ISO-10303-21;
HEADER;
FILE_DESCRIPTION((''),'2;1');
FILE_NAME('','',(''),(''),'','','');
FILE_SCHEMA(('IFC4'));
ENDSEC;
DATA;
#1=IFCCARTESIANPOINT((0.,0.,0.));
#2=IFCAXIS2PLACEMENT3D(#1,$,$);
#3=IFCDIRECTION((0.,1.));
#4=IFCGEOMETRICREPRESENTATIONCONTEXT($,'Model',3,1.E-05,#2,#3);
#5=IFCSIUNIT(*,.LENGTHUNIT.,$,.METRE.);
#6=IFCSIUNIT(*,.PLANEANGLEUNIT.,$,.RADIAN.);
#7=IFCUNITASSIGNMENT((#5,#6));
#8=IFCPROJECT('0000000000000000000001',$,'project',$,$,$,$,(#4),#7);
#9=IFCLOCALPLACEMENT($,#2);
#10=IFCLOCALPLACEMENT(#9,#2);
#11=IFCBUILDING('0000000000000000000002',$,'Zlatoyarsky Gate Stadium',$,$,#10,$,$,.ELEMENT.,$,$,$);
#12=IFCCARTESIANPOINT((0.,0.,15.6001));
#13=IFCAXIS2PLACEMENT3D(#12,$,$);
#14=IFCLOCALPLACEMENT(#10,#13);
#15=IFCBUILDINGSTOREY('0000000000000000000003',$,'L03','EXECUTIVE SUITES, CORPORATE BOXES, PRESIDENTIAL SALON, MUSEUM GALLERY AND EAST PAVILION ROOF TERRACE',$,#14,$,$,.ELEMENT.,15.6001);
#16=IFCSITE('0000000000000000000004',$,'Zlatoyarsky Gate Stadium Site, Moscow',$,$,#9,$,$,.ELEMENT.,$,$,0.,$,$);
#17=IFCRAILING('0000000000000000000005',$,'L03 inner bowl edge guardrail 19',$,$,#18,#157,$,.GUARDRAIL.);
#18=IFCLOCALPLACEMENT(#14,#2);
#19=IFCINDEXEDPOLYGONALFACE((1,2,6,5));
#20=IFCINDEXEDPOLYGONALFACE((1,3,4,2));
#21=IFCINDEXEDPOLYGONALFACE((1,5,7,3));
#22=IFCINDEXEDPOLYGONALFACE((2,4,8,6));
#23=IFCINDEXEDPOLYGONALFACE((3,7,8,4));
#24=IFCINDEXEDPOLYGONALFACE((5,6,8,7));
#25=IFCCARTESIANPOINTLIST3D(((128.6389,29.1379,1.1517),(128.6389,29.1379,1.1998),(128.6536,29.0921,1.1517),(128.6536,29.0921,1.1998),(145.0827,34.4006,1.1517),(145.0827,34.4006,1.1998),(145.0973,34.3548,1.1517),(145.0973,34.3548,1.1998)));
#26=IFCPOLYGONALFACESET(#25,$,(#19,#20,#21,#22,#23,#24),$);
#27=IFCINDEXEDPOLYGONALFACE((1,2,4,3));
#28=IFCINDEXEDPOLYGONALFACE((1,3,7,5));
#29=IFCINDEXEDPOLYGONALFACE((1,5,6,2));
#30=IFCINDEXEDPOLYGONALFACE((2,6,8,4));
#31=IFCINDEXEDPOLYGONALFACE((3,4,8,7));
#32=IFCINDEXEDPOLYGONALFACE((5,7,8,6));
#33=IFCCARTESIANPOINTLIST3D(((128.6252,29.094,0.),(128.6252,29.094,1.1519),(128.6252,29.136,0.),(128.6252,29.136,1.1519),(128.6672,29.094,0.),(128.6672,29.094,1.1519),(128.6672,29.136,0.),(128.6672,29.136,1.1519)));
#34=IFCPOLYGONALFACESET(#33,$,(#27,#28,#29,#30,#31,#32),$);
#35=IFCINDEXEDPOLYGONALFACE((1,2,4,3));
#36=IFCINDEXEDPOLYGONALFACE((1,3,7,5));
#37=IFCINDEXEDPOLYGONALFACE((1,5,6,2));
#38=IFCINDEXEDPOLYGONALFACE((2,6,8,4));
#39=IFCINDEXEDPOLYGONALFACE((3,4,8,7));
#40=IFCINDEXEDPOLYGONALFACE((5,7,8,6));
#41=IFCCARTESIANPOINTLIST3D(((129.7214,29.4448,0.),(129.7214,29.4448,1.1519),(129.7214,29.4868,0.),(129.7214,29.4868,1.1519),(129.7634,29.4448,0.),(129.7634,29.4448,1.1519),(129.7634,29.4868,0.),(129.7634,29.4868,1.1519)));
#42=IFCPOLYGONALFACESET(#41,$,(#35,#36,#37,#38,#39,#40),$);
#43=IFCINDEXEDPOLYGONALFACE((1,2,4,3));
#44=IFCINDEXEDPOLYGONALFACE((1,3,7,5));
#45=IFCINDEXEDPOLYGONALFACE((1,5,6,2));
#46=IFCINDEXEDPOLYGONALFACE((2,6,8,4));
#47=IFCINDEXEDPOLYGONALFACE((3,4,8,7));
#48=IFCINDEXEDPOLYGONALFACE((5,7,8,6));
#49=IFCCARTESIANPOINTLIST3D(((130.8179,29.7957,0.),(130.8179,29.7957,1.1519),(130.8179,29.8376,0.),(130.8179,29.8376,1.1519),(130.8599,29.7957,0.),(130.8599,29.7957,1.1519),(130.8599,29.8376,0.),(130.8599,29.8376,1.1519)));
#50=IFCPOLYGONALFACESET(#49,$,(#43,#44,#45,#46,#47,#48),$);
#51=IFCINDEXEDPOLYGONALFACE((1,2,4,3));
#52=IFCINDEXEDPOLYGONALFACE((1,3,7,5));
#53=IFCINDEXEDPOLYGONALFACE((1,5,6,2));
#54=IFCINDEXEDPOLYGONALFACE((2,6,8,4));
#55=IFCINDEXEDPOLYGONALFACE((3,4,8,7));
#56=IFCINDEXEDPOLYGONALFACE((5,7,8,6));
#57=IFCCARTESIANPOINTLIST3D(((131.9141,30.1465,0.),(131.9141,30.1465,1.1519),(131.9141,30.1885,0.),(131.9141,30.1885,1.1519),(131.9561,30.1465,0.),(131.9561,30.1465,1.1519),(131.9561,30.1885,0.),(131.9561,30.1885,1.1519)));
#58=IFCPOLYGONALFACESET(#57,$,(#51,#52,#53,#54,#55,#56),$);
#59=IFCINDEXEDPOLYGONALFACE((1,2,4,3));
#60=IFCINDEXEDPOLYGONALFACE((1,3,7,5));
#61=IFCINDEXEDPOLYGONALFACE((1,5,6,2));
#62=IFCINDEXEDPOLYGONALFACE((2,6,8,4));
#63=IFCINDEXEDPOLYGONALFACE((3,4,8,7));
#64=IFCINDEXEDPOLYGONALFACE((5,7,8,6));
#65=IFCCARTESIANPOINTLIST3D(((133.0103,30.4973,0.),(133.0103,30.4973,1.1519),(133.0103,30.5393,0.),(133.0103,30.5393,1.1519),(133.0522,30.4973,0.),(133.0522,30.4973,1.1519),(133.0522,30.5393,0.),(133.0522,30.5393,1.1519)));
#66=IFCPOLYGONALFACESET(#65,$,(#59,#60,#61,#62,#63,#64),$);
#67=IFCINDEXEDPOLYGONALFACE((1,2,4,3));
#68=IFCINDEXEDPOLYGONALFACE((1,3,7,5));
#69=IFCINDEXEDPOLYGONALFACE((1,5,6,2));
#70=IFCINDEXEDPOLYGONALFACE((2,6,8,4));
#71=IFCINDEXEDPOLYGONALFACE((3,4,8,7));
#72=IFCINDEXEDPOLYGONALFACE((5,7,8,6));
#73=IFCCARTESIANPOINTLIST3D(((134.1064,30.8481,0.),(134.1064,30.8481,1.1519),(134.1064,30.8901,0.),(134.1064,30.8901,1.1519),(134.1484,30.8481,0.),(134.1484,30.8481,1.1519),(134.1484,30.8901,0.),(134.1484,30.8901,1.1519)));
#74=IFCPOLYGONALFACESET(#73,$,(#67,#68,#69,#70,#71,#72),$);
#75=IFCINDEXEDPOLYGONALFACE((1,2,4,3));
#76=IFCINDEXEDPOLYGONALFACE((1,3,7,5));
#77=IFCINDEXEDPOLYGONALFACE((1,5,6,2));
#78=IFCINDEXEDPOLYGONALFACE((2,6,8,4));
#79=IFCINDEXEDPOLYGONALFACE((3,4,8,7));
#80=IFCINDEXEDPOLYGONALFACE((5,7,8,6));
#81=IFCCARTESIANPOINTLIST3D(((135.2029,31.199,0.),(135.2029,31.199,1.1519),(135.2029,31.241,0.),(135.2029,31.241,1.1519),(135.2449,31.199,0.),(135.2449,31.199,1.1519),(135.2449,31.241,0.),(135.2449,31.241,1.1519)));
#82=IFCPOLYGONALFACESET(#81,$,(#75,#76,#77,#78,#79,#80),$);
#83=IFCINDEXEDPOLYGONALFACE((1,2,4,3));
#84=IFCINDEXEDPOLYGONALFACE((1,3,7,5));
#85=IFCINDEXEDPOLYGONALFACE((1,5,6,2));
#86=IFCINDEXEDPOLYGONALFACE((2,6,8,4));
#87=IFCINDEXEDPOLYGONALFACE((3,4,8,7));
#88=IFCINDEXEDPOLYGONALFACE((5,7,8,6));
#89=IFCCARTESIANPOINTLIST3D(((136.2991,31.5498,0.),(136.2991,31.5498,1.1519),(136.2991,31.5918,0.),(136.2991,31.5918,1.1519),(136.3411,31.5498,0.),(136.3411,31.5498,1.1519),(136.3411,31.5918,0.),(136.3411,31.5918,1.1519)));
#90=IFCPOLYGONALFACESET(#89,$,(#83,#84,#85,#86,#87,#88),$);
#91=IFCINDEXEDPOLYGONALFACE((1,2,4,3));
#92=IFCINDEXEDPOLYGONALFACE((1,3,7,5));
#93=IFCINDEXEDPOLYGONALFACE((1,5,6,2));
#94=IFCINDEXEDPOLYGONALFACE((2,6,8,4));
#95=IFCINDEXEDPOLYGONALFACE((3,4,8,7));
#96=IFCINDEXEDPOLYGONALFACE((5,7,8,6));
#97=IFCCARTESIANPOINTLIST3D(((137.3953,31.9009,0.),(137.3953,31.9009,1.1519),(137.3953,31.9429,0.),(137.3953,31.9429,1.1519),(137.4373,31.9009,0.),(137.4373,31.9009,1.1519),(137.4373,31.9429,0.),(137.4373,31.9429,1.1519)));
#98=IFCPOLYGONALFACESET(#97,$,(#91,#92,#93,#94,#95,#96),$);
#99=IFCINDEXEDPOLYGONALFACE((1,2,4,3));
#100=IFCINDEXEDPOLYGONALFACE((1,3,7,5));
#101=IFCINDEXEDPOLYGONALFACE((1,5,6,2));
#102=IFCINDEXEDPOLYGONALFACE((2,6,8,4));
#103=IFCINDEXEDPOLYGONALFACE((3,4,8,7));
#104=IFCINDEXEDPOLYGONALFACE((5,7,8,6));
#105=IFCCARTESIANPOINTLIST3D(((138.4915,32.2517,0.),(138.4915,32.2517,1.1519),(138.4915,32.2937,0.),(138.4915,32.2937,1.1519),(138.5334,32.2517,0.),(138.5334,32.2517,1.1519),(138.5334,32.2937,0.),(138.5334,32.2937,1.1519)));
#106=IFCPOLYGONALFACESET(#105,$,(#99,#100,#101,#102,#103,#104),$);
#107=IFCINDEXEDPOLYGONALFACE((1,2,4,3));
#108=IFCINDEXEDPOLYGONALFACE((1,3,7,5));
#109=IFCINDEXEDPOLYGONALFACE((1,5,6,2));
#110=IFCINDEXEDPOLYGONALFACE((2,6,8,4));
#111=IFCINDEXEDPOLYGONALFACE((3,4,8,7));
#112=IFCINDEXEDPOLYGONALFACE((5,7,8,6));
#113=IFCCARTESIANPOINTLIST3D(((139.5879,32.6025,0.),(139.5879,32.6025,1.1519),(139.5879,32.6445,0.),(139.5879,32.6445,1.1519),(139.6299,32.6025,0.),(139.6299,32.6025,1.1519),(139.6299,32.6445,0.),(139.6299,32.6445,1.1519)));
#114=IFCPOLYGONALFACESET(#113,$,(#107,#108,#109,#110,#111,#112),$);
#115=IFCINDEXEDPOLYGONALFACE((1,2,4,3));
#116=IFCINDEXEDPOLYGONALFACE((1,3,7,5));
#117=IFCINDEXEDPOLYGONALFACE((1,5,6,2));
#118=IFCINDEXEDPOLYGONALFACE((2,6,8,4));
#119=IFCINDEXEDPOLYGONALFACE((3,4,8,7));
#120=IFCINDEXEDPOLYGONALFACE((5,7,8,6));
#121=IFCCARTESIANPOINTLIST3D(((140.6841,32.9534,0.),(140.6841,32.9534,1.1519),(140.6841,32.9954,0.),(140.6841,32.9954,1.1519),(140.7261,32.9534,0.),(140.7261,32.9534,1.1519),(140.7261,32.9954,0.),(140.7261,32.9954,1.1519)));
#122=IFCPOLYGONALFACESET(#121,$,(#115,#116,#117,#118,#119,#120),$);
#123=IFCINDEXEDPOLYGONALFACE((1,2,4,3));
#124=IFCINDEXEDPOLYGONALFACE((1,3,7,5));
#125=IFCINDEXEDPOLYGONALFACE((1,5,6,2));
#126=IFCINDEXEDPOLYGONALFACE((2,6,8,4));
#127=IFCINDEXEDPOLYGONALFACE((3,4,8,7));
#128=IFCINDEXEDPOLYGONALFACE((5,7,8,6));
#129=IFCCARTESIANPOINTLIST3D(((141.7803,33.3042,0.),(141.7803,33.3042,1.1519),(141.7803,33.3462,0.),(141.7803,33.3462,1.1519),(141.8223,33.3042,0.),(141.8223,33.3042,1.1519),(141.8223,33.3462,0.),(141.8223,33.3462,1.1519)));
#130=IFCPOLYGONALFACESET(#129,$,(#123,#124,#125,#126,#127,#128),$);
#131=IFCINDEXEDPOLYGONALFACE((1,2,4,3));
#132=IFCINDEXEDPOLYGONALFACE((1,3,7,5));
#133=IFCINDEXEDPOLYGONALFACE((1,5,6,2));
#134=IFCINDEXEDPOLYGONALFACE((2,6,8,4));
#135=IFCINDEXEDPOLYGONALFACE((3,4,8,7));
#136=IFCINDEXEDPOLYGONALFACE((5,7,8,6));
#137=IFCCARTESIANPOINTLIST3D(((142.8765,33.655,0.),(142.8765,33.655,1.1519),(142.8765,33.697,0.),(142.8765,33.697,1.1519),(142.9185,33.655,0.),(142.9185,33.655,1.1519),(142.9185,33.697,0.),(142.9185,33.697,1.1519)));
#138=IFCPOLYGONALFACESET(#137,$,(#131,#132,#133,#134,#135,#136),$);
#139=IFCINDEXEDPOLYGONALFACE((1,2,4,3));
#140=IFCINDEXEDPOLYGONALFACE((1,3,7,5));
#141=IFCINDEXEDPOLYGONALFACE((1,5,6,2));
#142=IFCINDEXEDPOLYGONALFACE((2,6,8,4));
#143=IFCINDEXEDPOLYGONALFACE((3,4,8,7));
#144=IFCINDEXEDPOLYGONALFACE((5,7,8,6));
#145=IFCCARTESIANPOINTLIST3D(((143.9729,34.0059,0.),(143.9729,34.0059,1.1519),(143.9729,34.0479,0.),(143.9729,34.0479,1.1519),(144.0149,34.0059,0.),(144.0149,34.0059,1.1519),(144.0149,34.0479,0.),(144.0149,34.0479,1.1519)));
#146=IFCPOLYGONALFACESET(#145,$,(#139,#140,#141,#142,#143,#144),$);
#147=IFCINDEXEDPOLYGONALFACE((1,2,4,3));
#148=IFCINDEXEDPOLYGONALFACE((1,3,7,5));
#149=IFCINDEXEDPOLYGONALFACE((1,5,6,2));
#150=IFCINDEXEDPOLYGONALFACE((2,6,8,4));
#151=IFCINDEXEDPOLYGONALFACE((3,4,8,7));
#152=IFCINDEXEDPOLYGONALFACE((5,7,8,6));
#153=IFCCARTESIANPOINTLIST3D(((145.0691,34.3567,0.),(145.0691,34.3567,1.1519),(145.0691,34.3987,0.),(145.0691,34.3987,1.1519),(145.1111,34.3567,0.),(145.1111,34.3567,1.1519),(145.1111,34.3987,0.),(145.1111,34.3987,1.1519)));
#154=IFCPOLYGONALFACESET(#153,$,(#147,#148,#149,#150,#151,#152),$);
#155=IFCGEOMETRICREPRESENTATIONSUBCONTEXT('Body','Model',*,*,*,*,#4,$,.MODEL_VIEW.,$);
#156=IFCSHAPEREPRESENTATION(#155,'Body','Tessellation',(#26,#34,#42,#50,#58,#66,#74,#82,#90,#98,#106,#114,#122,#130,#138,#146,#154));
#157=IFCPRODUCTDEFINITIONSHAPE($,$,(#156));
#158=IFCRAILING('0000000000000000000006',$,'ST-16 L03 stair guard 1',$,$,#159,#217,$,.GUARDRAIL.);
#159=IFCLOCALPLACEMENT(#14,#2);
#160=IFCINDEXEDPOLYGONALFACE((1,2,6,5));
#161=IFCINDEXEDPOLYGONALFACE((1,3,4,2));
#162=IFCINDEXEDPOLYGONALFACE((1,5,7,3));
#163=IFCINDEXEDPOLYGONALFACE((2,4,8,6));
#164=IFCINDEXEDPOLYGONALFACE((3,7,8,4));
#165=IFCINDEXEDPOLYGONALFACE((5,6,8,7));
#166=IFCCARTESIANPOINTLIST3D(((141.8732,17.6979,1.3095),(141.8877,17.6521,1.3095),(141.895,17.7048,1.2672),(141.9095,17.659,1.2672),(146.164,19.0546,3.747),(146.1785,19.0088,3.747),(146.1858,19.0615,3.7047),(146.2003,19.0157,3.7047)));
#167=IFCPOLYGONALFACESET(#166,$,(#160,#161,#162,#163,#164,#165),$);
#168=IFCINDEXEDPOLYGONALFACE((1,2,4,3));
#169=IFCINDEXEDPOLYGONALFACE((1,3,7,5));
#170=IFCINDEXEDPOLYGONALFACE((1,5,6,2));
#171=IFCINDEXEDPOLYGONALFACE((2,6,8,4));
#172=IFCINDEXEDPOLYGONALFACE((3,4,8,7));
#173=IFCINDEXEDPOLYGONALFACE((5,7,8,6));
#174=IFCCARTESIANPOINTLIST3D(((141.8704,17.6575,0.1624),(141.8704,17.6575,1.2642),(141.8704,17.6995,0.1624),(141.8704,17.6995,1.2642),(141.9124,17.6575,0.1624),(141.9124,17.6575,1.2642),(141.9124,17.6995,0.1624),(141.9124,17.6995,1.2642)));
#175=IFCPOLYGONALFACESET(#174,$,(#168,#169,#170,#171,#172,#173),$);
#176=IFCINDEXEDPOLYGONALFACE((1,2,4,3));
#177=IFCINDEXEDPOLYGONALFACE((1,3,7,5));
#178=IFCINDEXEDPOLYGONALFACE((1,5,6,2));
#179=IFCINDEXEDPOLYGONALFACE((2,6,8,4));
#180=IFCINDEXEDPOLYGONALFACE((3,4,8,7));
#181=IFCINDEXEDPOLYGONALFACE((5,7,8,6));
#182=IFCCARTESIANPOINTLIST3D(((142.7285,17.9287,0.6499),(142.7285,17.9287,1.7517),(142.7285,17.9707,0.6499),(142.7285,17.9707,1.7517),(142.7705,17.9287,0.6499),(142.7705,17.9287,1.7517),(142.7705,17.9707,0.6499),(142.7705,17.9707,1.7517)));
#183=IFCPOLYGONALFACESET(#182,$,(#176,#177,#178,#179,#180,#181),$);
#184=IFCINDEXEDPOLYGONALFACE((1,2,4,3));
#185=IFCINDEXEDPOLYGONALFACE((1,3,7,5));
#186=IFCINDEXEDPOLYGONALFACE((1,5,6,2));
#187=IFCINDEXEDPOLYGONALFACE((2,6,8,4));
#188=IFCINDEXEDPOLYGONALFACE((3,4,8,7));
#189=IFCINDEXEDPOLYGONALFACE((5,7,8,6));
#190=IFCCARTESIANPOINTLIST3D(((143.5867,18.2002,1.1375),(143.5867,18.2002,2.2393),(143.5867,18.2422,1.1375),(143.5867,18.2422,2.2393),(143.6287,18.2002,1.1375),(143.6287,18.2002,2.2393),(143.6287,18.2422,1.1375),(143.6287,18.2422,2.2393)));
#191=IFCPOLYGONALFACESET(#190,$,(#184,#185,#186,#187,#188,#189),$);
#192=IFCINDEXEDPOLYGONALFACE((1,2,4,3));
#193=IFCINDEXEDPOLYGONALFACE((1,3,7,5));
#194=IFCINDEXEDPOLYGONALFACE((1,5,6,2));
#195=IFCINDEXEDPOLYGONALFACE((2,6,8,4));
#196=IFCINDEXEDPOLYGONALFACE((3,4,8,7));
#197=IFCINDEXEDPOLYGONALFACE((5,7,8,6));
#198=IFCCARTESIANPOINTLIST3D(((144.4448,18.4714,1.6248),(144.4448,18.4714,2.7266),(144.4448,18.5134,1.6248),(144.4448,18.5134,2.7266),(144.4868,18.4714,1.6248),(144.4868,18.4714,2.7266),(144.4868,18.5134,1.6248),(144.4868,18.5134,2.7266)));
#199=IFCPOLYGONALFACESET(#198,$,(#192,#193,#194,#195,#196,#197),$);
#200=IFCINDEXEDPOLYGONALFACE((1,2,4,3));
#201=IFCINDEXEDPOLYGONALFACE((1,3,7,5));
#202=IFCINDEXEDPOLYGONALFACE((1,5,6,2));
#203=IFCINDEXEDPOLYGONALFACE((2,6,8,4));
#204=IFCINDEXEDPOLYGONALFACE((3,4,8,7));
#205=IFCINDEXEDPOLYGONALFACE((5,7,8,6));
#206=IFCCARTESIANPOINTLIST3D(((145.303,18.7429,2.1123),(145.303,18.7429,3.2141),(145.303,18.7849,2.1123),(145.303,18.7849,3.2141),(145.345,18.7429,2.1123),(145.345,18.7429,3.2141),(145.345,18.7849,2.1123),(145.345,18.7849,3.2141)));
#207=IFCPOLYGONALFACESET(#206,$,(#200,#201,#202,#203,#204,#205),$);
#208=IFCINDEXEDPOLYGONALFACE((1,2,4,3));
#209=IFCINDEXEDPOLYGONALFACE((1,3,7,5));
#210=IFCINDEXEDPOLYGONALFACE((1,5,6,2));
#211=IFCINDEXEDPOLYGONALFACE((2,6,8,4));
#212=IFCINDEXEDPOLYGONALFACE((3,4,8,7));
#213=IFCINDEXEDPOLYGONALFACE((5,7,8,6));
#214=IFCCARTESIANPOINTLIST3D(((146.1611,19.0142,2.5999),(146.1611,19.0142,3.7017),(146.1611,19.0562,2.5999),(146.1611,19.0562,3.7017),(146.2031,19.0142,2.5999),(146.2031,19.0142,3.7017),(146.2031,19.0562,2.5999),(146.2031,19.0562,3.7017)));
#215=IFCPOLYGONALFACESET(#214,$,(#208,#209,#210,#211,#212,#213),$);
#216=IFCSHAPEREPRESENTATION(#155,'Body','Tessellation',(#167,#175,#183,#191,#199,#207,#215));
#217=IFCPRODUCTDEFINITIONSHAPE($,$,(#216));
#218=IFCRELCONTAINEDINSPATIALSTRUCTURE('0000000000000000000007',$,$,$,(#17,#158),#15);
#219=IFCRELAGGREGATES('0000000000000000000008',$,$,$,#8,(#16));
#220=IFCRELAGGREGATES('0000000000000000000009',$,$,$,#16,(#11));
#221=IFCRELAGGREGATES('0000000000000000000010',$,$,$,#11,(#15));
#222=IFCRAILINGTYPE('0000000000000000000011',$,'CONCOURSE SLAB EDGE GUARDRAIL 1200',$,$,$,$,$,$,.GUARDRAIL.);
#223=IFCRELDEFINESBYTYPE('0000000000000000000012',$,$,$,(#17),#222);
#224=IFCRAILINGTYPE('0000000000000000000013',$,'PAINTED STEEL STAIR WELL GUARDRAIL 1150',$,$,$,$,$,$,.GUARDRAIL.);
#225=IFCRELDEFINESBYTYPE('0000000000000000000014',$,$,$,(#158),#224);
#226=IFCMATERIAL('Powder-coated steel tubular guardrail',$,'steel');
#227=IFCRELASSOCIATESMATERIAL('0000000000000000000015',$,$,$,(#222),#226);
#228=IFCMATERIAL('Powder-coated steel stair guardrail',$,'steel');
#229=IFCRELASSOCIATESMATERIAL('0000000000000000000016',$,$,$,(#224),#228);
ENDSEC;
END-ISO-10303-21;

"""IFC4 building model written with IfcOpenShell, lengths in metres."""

from ifc_helpers import new_model, si_unit, direction, frame, origin, origin_2d, place, context, subcontext, project, spatial, rectangle, extrude, material, type_object, element, save


model = new_model("IFC4")

# Units and contexts
model_context = context("Model", 3, precision=1e-05, world=origin(), true_north=direction((0.0, 1.0)))
body_context = subcontext(model_context, "Body", "Model", "MODEL_VIEW")
ifc_project = project(units=[si_unit("LENGTHUNIT", "METRE"), si_unit("PLANEANGLEUNIT", "RADIAN")], contexts=[model_context])

# Site, building, storey
site_placement = place(None, origin())
site = spatial("IfcSite", under=ifc_project, at=site_placement, Name="Zlatoyarsky Gate Stadium Site, Moscow", CompositionType="ELEMENT", RefElevation=0.0)
building_placement = place(site_placement, origin())
building = spatial("IfcBuilding", under=site, at=building_placement, Name="Zlatoyarsky Gate Stadium", CompositionType="ELEMENT")
storey_placement = place(building_placement, frame((0.0, 0.0, 15.6001)))
storey = spatial("IfcBuildingStorey", under=building, at=storey_placement, Name="L03", Description="EXECUTIVE SUITES, CORPORATE BOXES, PRESIDENTIAL SALON, MUSEUM GALLERY AND EAST PAVILION ROOF TERRACE", CompositionType="ELEMENT", Elevation=15.6001)

# Railings
ifc_material_1 = material(Name="Powder-coated steel tubular guardrail", Category="steel")
railing_type_1 = type_object("IfcRailingType", Name="CONCOURSE SLAB EDGE GUARDRAIL 1200", PredefinedType="GUARDRAIL", material=ifc_material_1)
railing_1_placement = place(storey_placement, frame((128.6462, 29.115, 0.0)))
element("IfcRailing", 1, at=railing_1_placement, inside=storey, type_object=railing_type_1, Name="L03 inner bowl edge guardrail 19", PredefinedType="GUARDRAIL", context=body_context, shape_type="SweptSolid", body=[
    extrude(rectangle(XDim=0.0481, YDim=0.0481, at=origin_2d()), frame((0.0, 0.0, 1.1758), z_axis=(0.952413, 0.304811, 0.0), x_axis=(-0.304811, 0.952413, 0.0)), (0.0, 0.0, 1.0), 17.2654),
    extrude(rectangle(XDim=0.042, YDim=0.042, at=origin_2d()), origin(), (0.0, 0.0, 1.0), 1.1519),
    extrude(rectangle(XDim=0.042, YDim=0.042, at=origin_2d()), frame((1.0962, 0.3508, 0.0)), (0.0, 0.0, 1.0), 1.1519),
    extrude(rectangle(XDim=0.042, YDim=0.042, at=origin_2d()), frame((2.1926, 0.7017, 0.0)), (0.0, 0.0, 1.0), 1.1519),
    extrude(rectangle(XDim=0.042, YDim=0.042, at=origin_2d()), frame((3.2888, 1.0525, 0.0)), (0.0, 0.0, 1.0), 1.1519),
    extrude(rectangle(XDim=0.042, YDim=0.042, at=origin_2d()), frame((4.385, 1.4033, 0.0)), (0.0, 0.0, 1.0), 1.1519),
    extrude(rectangle(XDim=0.042, YDim=0.042, at=origin_2d()), frame((5.4812, 1.7542, 0.0)), (0.0, 0.0, 1.0), 1.1519),
    extrude(rectangle(XDim=0.042, YDim=0.042, at=origin_2d()), frame((6.5776, 2.105, 0.0)), (0.0, 0.0, 1.0), 1.1519),
    extrude(rectangle(XDim=0.042, YDim=0.042, at=origin_2d()), frame((7.6738, 2.4558, 0.0)), (0.0, 0.0, 1.0), 1.1519),
    extrude(rectangle(XDim=0.042, YDim=0.042, at=origin_2d()), frame((8.77, 2.8069, 0.0)), (0.0, 0.0, 1.0), 1.1519),
    extrude(rectangle(XDim=0.042, YDim=0.042, at=origin_2d()), frame((9.8662, 3.1577, 0.0)), (0.0, 0.0, 1.0), 1.1519),
    extrude(rectangle(XDim=0.042, YDim=0.042, at=origin_2d()), frame((10.9626, 3.5085, 0.0)), (0.0, 0.0, 1.0), 1.1519),
    extrude(rectangle(XDim=0.042, YDim=0.042, at=origin_2d()), frame((12.0588, 3.8594, 0.0)), (0.0, 0.0, 1.0), 1.1519),
    extrude(rectangle(XDim=0.042, YDim=0.042, at=origin_2d()), frame((13.155, 4.2102, 0.0)), (0.0, 0.0, 1.0), 1.1519),
    extrude(rectangle(XDim=0.042, YDim=0.042, at=origin_2d()), frame((14.2512, 4.561, 0.0)), (0.0, 0.0, 1.0), 1.1519),
    extrude(rectangle(XDim=0.042, YDim=0.042, at=origin_2d()), frame((15.3477, 4.9119, 0.0)), (0.0, 0.0, 1.0), 1.1519),
    extrude(rectangle(XDim=0.042, YDim=0.042, at=origin_2d()), frame((16.4438, 5.2627, 0.0)), (0.0, 0.0, 1.0), 1.1519),
])
ifc_material_2 = material(Name="Powder-coated steel stair guardrail", Category="steel")
railing_type_2 = type_object("IfcRailingType", Name="PAINTED STEEL STAIR WELL GUARDRAIL 1150", PredefinedType="GUARDRAIL", material=ifc_material_2)
railing_2_placement = place(storey_placement, frame((141.8914, 17.6785, 0.1624)))
element("IfcRailing", 2, at=railing_2_placement, inside=storey, type_object=railing_type_2, Name="ST-16 L03 stair guard 1", PredefinedType="GUARDRAIL", context=body_context, shape_type="SweptSolid", body=[
    extrude(rectangle(XDim=0.0481, YDim=0.0481, at=origin_2d()), frame((0.0, 0.0, 1.126), z_axis=(0.838388, 0.265088, 0.476271), x_axis=(-0.301477, 0.953474, 0.0)), (0.0, 0.0, 1.0), 5.1179),
    extrude(rectangle(XDim=0.042, YDim=0.042, at=origin_2d()), origin(), (0.0, 0.0, 1.0), 1.1018),
    extrude(rectangle(XDim=0.042, YDim=0.042, at=origin_2d()), frame((0.8582, 0.2712, 0.4875)), (0.0, 0.0, 1.0), 1.1018),
    extrude(rectangle(XDim=0.042, YDim=0.042, at=origin_2d()), frame((1.7163, 0.5427, 0.9751)), (0.0, 0.0, 1.0), 1.1018),
    extrude(rectangle(XDim=0.042, YDim=0.042, at=origin_2d()), frame((2.5745, 0.814, 1.4624)), (0.0, 0.0, 1.0), 1.1018),
    extrude(rectangle(XDim=0.042, YDim=0.042, at=origin_2d()), frame((3.4326, 1.0854, 1.95)), (0.0, 0.0, 1.0), 1.1018),
    extrude(rectangle(XDim=0.042, YDim=0.042, at=origin_2d()), frame((4.2908, 1.3567, 2.4375)), (0.0, 0.0, 1.0), 1.1018),
])

save(model, "model.ifc")
